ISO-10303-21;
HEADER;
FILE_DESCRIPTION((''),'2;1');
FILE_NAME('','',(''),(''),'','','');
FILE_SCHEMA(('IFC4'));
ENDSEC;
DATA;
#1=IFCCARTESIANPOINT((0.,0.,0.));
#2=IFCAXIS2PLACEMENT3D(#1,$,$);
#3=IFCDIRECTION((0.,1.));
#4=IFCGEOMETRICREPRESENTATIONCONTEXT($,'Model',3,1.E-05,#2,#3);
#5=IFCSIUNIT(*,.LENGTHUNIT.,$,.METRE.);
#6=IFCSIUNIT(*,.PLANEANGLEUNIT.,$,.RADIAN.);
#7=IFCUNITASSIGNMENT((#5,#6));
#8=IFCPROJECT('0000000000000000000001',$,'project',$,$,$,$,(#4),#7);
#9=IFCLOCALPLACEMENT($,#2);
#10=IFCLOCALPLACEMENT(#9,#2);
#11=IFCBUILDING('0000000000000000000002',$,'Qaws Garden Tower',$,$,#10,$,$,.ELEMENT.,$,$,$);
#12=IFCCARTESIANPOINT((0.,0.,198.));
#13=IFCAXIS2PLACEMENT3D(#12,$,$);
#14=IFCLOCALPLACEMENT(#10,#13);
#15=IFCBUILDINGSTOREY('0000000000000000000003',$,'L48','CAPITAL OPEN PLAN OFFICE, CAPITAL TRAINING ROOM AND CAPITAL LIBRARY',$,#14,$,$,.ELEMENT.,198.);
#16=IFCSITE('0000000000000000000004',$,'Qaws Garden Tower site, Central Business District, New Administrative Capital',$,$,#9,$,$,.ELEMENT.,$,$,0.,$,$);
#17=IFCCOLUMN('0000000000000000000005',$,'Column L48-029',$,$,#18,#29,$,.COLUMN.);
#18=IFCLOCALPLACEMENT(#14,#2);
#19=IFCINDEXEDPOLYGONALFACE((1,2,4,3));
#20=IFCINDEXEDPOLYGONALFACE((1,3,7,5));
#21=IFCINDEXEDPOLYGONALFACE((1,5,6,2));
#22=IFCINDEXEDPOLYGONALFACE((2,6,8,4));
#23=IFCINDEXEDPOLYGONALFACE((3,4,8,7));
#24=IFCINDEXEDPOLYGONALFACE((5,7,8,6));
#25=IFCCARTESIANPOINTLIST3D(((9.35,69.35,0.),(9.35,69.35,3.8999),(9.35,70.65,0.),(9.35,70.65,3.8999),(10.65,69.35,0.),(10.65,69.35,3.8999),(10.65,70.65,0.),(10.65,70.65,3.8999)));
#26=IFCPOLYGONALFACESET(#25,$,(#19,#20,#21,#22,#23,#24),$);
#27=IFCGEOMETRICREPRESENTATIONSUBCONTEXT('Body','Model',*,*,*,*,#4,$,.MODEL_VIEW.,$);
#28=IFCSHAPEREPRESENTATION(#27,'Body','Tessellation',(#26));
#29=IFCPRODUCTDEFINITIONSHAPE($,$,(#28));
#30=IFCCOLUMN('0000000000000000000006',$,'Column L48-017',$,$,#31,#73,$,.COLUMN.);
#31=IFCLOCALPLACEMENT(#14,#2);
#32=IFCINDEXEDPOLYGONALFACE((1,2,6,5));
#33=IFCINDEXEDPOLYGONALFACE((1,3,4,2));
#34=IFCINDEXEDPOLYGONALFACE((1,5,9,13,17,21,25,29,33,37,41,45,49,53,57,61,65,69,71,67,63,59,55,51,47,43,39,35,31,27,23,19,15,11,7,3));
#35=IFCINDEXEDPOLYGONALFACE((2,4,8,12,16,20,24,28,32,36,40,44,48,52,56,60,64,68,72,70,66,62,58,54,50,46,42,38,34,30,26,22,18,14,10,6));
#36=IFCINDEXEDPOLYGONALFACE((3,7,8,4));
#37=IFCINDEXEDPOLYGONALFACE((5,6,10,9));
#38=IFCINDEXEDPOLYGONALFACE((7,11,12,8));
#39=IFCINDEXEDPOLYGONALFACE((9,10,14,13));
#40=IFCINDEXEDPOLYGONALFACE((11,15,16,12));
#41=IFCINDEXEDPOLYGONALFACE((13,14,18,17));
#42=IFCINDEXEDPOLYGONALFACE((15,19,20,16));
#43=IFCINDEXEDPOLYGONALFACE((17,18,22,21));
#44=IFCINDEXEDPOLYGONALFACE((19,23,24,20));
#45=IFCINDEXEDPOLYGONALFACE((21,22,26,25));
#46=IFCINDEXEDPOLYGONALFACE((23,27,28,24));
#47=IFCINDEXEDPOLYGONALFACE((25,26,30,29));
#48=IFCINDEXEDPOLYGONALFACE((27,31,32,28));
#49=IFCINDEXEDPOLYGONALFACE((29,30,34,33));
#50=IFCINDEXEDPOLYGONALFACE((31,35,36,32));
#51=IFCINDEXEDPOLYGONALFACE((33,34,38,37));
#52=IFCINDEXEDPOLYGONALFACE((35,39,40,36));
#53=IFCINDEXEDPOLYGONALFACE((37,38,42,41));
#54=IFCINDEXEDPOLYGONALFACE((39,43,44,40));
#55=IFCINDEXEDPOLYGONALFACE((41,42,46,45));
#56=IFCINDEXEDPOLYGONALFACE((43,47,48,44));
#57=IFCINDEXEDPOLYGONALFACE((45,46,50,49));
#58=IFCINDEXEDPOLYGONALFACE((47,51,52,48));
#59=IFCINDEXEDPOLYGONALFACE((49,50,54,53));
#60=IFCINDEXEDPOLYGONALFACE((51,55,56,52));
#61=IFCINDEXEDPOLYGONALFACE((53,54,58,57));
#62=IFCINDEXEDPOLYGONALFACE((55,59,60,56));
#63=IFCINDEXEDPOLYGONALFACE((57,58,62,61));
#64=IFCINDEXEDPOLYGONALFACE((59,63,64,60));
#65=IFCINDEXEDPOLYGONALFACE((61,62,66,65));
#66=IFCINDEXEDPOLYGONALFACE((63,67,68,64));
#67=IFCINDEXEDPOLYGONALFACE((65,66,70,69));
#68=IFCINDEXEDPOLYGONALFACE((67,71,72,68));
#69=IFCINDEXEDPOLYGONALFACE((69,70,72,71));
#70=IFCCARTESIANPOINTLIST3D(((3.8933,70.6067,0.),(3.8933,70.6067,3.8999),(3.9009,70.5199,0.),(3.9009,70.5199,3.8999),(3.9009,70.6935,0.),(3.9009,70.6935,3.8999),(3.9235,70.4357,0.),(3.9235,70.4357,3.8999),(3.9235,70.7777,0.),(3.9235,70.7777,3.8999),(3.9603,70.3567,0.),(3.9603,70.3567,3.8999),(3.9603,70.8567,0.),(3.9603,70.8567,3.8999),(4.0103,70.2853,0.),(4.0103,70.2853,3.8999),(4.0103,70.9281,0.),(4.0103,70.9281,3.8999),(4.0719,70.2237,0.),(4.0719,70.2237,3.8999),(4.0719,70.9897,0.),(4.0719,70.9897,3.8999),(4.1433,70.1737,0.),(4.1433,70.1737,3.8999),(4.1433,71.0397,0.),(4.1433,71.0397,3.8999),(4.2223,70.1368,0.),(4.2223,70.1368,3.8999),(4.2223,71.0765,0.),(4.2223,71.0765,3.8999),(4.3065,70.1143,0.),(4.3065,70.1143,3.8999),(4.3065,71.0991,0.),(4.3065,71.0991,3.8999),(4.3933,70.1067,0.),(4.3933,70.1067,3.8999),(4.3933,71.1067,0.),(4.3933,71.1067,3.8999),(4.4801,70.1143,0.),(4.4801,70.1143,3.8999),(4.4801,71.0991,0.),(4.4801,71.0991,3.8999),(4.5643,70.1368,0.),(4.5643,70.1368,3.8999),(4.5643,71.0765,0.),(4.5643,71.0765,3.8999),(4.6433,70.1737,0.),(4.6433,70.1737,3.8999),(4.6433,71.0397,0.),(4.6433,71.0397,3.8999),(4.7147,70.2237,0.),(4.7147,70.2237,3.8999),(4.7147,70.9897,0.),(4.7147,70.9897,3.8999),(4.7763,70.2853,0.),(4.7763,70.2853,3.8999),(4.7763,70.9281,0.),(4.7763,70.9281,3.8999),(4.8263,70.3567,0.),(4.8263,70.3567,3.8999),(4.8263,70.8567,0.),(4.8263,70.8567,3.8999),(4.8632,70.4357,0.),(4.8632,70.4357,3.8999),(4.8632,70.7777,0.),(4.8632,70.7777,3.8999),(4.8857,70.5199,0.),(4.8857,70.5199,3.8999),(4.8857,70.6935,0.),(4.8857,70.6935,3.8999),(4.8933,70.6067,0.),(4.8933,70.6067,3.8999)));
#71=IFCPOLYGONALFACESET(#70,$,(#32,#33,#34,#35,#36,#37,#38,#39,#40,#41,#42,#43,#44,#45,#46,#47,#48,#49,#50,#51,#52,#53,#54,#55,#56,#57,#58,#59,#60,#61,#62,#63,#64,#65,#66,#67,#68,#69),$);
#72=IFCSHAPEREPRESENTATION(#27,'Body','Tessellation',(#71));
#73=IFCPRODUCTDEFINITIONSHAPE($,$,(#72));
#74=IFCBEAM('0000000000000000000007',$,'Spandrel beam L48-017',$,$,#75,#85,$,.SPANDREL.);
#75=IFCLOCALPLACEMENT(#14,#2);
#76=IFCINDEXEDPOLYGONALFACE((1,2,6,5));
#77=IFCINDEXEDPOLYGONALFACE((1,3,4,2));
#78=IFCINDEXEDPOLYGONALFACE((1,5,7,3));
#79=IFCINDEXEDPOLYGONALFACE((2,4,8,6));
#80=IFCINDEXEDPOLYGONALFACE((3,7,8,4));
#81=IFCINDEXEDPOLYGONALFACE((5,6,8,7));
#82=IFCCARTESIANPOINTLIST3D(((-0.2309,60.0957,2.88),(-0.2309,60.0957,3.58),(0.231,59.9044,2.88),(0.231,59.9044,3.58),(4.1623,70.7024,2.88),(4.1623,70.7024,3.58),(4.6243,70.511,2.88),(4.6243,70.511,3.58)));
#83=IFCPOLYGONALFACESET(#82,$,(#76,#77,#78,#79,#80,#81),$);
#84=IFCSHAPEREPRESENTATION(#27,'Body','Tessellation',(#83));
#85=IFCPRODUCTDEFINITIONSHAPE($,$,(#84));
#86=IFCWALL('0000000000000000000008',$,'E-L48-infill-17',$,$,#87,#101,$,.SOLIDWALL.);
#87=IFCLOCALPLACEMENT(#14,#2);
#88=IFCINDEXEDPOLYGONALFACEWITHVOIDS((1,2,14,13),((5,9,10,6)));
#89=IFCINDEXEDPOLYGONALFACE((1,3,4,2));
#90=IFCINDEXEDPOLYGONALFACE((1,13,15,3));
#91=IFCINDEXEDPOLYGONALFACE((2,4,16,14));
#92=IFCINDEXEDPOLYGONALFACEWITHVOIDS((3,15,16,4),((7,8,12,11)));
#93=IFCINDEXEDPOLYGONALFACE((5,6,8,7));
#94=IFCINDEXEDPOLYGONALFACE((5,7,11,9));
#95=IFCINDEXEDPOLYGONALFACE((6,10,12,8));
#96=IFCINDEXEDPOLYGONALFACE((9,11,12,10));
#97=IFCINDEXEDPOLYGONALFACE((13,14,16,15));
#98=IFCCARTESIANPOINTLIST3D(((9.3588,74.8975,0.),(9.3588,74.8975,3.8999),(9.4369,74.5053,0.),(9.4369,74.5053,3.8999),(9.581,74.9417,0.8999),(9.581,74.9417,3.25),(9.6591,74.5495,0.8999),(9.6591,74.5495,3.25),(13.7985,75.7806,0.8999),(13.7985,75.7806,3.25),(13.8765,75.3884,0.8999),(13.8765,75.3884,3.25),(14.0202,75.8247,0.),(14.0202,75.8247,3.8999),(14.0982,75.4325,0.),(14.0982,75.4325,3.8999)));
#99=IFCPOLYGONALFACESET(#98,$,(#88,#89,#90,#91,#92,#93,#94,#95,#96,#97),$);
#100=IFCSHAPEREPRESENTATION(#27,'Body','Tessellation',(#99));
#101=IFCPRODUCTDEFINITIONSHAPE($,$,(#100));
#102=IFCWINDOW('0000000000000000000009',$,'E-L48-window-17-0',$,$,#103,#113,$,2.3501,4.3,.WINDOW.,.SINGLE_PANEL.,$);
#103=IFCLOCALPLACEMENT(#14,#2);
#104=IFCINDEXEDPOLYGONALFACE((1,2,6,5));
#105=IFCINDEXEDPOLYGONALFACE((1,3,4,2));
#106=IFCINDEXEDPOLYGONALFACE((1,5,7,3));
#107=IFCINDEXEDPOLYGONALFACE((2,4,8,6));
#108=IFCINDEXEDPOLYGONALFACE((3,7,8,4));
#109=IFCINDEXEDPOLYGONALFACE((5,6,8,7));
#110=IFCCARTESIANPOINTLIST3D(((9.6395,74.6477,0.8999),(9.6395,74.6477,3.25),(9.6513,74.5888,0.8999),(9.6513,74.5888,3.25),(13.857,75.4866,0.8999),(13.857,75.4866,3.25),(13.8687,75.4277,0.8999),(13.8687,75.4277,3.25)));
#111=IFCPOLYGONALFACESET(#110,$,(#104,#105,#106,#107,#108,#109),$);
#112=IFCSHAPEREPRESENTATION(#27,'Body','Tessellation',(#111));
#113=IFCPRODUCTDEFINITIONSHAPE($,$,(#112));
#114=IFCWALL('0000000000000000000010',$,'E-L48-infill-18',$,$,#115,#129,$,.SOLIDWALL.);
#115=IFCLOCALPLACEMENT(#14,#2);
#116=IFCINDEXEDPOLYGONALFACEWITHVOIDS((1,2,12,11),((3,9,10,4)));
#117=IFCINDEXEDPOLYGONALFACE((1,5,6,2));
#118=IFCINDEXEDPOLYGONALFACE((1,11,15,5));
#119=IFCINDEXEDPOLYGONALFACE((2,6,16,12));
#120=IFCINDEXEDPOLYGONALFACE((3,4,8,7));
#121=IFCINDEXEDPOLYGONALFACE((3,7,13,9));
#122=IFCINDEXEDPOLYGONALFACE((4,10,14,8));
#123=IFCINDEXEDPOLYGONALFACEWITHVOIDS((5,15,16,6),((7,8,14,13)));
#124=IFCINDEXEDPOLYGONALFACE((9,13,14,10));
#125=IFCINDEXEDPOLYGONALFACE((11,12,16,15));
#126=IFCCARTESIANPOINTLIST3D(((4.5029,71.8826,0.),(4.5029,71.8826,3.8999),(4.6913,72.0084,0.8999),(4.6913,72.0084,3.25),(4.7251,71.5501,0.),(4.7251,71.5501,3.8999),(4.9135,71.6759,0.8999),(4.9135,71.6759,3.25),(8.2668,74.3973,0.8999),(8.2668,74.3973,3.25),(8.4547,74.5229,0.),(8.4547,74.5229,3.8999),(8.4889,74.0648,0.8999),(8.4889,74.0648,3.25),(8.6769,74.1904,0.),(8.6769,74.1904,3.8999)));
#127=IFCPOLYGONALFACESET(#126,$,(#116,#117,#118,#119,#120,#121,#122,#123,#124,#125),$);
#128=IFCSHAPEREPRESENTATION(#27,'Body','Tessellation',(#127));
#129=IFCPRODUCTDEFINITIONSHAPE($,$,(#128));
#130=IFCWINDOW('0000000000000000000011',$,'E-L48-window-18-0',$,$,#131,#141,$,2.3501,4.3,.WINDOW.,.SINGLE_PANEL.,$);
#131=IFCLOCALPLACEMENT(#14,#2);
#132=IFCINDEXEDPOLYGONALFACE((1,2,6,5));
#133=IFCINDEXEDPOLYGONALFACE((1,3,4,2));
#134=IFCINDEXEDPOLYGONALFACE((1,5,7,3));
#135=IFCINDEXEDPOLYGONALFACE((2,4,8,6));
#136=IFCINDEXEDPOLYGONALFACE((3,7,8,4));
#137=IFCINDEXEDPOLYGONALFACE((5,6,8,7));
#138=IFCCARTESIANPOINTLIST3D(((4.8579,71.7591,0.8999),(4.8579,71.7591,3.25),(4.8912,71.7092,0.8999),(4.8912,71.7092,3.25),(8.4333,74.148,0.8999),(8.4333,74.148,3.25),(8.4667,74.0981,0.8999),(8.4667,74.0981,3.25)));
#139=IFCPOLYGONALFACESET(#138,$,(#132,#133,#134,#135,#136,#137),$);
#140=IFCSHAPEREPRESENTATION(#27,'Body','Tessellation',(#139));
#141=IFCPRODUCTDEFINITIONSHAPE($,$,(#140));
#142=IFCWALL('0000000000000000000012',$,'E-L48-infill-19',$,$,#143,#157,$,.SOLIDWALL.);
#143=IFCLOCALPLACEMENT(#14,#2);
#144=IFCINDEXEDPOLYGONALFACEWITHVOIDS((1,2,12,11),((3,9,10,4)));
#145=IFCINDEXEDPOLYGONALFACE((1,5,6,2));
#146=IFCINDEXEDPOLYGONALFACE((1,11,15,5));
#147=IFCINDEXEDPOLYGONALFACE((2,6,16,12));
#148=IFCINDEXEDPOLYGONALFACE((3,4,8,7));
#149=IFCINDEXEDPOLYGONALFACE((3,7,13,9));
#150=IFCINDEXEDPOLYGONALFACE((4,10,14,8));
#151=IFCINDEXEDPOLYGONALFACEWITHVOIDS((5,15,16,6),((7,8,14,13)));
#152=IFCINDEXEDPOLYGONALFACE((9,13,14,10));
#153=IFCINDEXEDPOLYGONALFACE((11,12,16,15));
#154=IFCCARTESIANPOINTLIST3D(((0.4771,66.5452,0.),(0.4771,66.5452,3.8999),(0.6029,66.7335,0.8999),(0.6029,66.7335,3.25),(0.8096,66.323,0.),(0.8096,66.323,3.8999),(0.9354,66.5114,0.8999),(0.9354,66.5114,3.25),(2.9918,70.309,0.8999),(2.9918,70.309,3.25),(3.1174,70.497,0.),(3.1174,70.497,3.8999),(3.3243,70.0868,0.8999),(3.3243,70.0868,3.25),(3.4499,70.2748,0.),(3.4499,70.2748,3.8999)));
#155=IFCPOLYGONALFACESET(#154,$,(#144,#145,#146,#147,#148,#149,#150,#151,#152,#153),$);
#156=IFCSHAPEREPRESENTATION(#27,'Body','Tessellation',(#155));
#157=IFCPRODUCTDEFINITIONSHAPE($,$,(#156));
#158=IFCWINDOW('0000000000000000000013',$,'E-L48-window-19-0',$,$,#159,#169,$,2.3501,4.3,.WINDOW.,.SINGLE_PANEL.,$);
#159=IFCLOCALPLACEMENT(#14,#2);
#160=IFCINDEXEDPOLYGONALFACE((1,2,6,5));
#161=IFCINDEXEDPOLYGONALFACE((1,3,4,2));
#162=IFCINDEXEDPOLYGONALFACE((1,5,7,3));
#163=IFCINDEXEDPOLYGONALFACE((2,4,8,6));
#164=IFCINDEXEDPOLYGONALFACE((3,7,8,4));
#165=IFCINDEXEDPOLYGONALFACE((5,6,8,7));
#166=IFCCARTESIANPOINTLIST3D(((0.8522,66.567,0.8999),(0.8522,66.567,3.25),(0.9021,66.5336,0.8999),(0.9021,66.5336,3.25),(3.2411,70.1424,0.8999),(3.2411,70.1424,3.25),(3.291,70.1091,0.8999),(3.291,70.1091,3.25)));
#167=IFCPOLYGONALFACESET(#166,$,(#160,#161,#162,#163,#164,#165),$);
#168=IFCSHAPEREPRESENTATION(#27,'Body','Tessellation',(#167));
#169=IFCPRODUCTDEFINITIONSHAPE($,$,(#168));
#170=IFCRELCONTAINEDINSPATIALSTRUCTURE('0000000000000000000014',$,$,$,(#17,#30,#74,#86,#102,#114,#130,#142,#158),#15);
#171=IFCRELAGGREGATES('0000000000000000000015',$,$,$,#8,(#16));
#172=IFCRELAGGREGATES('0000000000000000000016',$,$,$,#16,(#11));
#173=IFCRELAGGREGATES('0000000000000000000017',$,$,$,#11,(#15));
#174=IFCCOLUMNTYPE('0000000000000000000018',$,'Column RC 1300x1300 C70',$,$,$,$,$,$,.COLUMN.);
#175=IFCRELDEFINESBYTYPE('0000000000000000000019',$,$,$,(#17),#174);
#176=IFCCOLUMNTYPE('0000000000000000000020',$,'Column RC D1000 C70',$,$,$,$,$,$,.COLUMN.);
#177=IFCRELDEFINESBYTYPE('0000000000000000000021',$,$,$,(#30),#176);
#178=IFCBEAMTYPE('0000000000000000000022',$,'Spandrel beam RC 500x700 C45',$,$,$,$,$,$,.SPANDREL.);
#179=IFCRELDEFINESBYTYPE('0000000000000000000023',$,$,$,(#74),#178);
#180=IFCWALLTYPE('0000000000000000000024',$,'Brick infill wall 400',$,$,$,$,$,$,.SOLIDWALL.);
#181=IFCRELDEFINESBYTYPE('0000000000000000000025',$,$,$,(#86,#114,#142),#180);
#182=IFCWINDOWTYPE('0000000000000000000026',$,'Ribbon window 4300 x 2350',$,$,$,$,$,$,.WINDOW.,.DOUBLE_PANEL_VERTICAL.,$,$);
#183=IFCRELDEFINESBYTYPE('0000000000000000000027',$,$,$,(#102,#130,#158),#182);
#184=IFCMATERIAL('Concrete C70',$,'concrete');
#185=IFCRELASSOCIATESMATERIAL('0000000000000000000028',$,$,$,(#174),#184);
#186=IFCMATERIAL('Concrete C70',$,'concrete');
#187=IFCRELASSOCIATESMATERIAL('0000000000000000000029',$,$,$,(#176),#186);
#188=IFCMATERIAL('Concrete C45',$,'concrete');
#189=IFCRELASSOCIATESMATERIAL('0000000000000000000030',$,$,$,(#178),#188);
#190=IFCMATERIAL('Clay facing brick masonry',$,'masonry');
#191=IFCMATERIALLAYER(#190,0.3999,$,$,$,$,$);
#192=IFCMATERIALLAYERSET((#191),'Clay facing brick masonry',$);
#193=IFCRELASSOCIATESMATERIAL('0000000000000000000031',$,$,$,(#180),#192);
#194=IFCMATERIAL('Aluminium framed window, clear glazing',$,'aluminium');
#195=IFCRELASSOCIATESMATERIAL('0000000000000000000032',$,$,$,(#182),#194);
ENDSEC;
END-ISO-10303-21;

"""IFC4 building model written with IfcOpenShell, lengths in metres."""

from ifc_helpers import new_model, si_unit, direction, frame, frame_2d, origin, origin_2d, place, context, subcontext, project, spatial, rectangle, circle, extrude, material, layer, layer_set, material_profile, profile_set, type_object, element, fill, save


model = new_model("IFC4")

# Units and contexts
model_context = context("Model", 3, precision=1e-05, world=origin(), true_north=direction((0.0, 1.0)))
body_context = subcontext(model_context, "Body", "Model", "MODEL_VIEW")
ifc_project = project(units=[si_unit("LENGTHUNIT", "METRE"), si_unit("PLANEANGLEUNIT", "RADIAN")], contexts=[model_context])

# Site, building, storey
site_placement = place(None, origin())
site = spatial("IfcSite", under=ifc_project, at=site_placement, Name="Qaws Garden Tower site, Central Business District, New Administrative Capital", CompositionType="ELEMENT", RefElevation=0.0)
building_placement = place(site_placement, origin())
building = spatial("IfcBuilding", under=site, at=building_placement, Name="Qaws Garden Tower", CompositionType="ELEMENT")
storey_placement = place(building_placement, frame((0.0, 0.0, 198.0)))
storey = spatial("IfcBuildingStorey", under=building, at=storey_placement, Name="L48", Description="CAPITAL OPEN PLAN OFFICE, CAPITAL TRAINING ROOM AND CAPITAL LIBRARY", CompositionType="ELEMENT", Elevation=198.0)

# Columns
ifc_material_1 = material(Name="Concrete C70", Category="concrete")
ifc_material_profile_1 = material_profile(ifc_material_1, rectangle(XDim=1.3, YDim=1.3, at=origin_2d()), Name="RC 1300x1300")
ifc_profile_set_1 = profile_set([ifc_material_profile_1], Name="Concrete C70")
column_type_1 = type_object("IfcColumnType", Name="Column RC 1300x1300 C70", PredefinedType="COLUMN", material=ifc_profile_set_1)
column_1_placement = place(storey_placement, frame((10.0, 70.0, 0.0), z_axis=(0.0, 0.0, 1.0), x_axis=(1.0, 0.0, 0.0)))
element("IfcColumn", 1, at=column_1_placement, inside=storey, type_object=column_type_1, Name="Column L48-029", PredefinedType="COLUMN", context=body_context, shape_type="SweptSolid", body=[
    extrude(rectangle(XDim=1.3, YDim=1.3, at=origin_2d()), origin(), (0.0, 0.0, 1.0), 3.8999),
])
ifc_material_2 = material(Name="Concrete C70", Category="concrete")
ifc_material_profile_2 = material_profile(ifc_material_2, circle(Radius=0.5, at=origin_2d()), Name="RC D1000")
ifc_profile_set_2 = profile_set([ifc_material_profile_2], Name="Concrete C70")
column_type_2 = type_object("IfcColumnType", Name="Column RC D1000 C70", PredefinedType="COLUMN", material=ifc_profile_set_2)
column_2_placement = place(storey_placement, frame((4.3933, 70.6067, 0.0), z_axis=(0.0, 0.0, 1.0), x_axis=(1.0, 0.0, 0.0)))
element("IfcColumn", 2, at=column_2_placement, inside=storey, type_object=column_type_2, Name="Column L48-017", PredefinedType="COLUMN", context=body_context, shape_type="SweptSolid", body=[
    extrude(circle(Radius=0.5, at=origin_2d()), origin(), (0.0, 0.0, 1.0), 3.8999),
])

# Beam
ifc_material_3 = material(Name="Concrete C45", Category="concrete")
ifc_material_profile_3 = material_profile(ifc_material_3, rectangle(XDim=0.5, YDim=0.7, at=origin_2d()), Name="RC 500x700")
ifc_profile_set_3 = profile_set([ifc_material_profile_3], Name="Concrete C45")
beam_type = type_object("IfcBeamType", Name="Spandrel beam RC 500x700 C45", PredefinedType="SPANDREL", material=ifc_profile_set_3)
beam_placement = place(storey_placement, frame((4.3933, 70.6067, 3.23), z_axis=(-0.382674, -0.923883, 0.0), x_axis=(0.923883, -0.382674, 0.0)))
element("IfcBeam", 3, at=beam_placement, inside=storey, type_object=beam_type, Name="Spandrel beam L48-017", PredefinedType="SPANDREL", context=body_context, shape_type="SweptSolid", body=[
    extrude(rectangle(XDim=0.5, YDim=0.7, at=origin_2d()), origin(), (0.0, 0.0, 1.0), 11.4805),
])

# Walls, openings, windows
ifc_material_4 = material(Name="Clay facing brick masonry", Category="masonry")
ifc_layer_1 = layer(ifc_material_4, 0.3999)
ifc_layer_set_1 = layer_set([ifc_layer_1], Name="Clay facing brick masonry")
wall_type_1 = type_object("IfcWallType", Name="Brick infill wall 400", PredefinedType="SOLIDWALL", material=ifc_layer_set_1)
wall_1_placement = place(storey_placement, frame((14.0593, 75.6287, 0.0), z_axis=(0.0, 0.0, 1.0), x_axis=(-0.980784, -0.195099, 0.0)))
wall_1 = element("IfcWall", 4, at=wall_1_placement, inside=storey, type_object=wall_type_1, Name="E-L48-infill-17", PredefinedType="SOLIDWALL", context=body_context, shape_type="SweptSolid", body=[
    extrude(rectangle(XDim=4.7527, YDim=0.3999, at=frame_2d((2.3765, 0.0))), origin(), (0.0, 0.0, 1.0), 3.8999),
])
opening_1_placement = place(wall_1_placement, frame((0.2263, 0.0, 0.8999)))
opening_1 = element("IfcOpeningElement", 5, at=opening_1_placement, cuts=wall_1, PredefinedType="OPENING", context=body_context, shape_type="SweptSolid", body=[
    extrude(rectangle(XDim=4.3, YDim=2.3501, at=frame_2d((2.1499, 1.175))), frame((0.0, 0.21, 0.0), z_axis=(0.0, -1.0, 0.0), x_axis=(1.0, 0.0, 0.0)), (0.0, 0.0, 1.0), 0.4199),
])
ifc_material_5 = material(Name="Aluminium framed window, clear glazing", Category="aluminium")
window_type = type_object("IfcWindowType", Name="Ribbon window 4300 x 2350", PartitioningType="DOUBLE_PANEL_VERTICAL", PredefinedType="WINDOW", material=ifc_material_5)
window_1_placement = place(opening_1_placement, origin())
window_1 = element("IfcWindow", 6, at=window_1_placement, inside=storey, type_object=window_type, Name="E-L48-window-17-0", OverallHeight=2.3501, OverallWidth=4.3, PartitioningType="SINGLE_PANEL", PredefinedType="WINDOW", context=body_context, shape_type="SweptSolid", body=[
    extrude(rectangle(XDim=4.3, YDim=2.3501, at=frame_2d((2.1499, 1.175))), frame((0.0, 0.1599, 0.0), z_axis=(0.0, -1.0, 0.0), x_axis=(1.0, 0.0, 0.0)), (0.0, 0.0, 1.0), 0.0601),
])
fill(opening_1, window_1)
wall_2_placement = place(storey_placement, frame((8.5659, 74.3567, 0.0), z_axis=(0.0, 0.0, 1.0), x_axis=(-0.831489, -0.555542, 0.0)))
wall_2 = element("IfcWall", 7, at=wall_2_placement, inside=storey, type_object=wall_type_1, Name="E-L48-infill-18", PredefinedType="SOLIDWALL", context=body_context, shape_type="SweptSolid", body=[
    extrude(rectangle(XDim=4.7527, YDim=0.3999, at=frame_2d((2.3765, 0.0))), origin(), (0.0, 0.0, 1.0), 3.8999),
])
opening_2_placement = place(wall_2_placement, frame((0.2263, 0.0, 0.8999)))
opening_2 = element("IfcOpeningElement", 8, at=opening_2_placement, cuts=wall_2, PredefinedType="OPENING", context=body_context, shape_type="SweptSolid", body=[
    extrude(rectangle(XDim=4.3, YDim=2.3501, at=frame_2d((2.1499, 1.175))), frame((0.0, 0.21, 0.0), z_axis=(0.0, -1.0, 0.0), x_axis=(1.0, 0.0, 0.0)), (0.0, 0.0, 1.0), 0.4199),
])
window_2_placement = place(opening_2_placement, origin())
window_2 = element("IfcWindow", 9, at=window_2_placement, inside=storey, type_object=window_type, Name="E-L48-window-18-0", OverallHeight=2.3501, OverallWidth=4.3, PartitioningType="SINGLE_PANEL", PredefinedType="WINDOW", context=body_context, shape_type="SweptSolid", body=[
    extrude(rectangle(XDim=4.3, YDim=2.3501, at=frame_2d((2.1499, 1.175))), frame((0.0, 0.1599, 0.0), z_axis=(0.0, -1.0, 0.0), x_axis=(1.0, 0.0, 0.0)), (0.0, 0.0, 1.0), 0.0601),
])
fill(opening_2, window_2)
wall_3_placement = place(storey_placement, frame((3.2837, 70.386, 0.0), z_axis=(0.0, 0.0, 1.0), x_axis=(-0.555542, -0.831489, 0.0)))
wall_3 = element("IfcWall", 10, at=wall_3_placement, inside=storey, type_object=wall_type_1, Name="E-L48-infill-19", PredefinedType="SOLIDWALL", context=body_context, shape_type="SweptSolid", body=[
    extrude(rectangle(XDim=4.7527, YDim=0.3999, at=frame_2d((2.3765, 0.0))), origin(), (0.0, 0.0, 1.0), 3.8999),
])
opening_3_placement = place(wall_3_placement, frame((0.2263, 0.0, 0.8999)))
opening_3 = element("IfcOpeningElement", 11, at=opening_3_placement, cuts=wall_3, PredefinedType="OPENING", context=body_context, shape_type="SweptSolid", body=[
    extrude(rectangle(XDim=4.3, YDim=2.3501, at=frame_2d((2.1499, 1.175))), frame((0.0, 0.21, 0.0), z_axis=(0.0, -1.0, 0.0), x_axis=(1.0, 0.0, 0.0)), (0.0, 0.0, 1.0), 0.4199),
])
window_3_placement = place(opening_3_placement, origin())
window_3 = element("IfcWindow", 12, at=window_3_placement, inside=storey, type_object=window_type, Name="E-L48-window-19-0", OverallHeight=2.3501, OverallWidth=4.3, PartitioningType="SINGLE_PANEL", PredefinedType="WINDOW", context=body_context, shape_type="SweptSolid", body=[
    extrude(rectangle(XDim=4.3, YDim=2.3501, at=frame_2d((2.1499, 1.175))), frame((0.0, 0.1599, 0.0), z_axis=(0.0, -1.0, 0.0), x_axis=(1.0, 0.0, 0.0)), (0.0, 0.0, 1.0), 0.0601),
])
fill(opening_3, window_3)

save(model, "model.ifc")
